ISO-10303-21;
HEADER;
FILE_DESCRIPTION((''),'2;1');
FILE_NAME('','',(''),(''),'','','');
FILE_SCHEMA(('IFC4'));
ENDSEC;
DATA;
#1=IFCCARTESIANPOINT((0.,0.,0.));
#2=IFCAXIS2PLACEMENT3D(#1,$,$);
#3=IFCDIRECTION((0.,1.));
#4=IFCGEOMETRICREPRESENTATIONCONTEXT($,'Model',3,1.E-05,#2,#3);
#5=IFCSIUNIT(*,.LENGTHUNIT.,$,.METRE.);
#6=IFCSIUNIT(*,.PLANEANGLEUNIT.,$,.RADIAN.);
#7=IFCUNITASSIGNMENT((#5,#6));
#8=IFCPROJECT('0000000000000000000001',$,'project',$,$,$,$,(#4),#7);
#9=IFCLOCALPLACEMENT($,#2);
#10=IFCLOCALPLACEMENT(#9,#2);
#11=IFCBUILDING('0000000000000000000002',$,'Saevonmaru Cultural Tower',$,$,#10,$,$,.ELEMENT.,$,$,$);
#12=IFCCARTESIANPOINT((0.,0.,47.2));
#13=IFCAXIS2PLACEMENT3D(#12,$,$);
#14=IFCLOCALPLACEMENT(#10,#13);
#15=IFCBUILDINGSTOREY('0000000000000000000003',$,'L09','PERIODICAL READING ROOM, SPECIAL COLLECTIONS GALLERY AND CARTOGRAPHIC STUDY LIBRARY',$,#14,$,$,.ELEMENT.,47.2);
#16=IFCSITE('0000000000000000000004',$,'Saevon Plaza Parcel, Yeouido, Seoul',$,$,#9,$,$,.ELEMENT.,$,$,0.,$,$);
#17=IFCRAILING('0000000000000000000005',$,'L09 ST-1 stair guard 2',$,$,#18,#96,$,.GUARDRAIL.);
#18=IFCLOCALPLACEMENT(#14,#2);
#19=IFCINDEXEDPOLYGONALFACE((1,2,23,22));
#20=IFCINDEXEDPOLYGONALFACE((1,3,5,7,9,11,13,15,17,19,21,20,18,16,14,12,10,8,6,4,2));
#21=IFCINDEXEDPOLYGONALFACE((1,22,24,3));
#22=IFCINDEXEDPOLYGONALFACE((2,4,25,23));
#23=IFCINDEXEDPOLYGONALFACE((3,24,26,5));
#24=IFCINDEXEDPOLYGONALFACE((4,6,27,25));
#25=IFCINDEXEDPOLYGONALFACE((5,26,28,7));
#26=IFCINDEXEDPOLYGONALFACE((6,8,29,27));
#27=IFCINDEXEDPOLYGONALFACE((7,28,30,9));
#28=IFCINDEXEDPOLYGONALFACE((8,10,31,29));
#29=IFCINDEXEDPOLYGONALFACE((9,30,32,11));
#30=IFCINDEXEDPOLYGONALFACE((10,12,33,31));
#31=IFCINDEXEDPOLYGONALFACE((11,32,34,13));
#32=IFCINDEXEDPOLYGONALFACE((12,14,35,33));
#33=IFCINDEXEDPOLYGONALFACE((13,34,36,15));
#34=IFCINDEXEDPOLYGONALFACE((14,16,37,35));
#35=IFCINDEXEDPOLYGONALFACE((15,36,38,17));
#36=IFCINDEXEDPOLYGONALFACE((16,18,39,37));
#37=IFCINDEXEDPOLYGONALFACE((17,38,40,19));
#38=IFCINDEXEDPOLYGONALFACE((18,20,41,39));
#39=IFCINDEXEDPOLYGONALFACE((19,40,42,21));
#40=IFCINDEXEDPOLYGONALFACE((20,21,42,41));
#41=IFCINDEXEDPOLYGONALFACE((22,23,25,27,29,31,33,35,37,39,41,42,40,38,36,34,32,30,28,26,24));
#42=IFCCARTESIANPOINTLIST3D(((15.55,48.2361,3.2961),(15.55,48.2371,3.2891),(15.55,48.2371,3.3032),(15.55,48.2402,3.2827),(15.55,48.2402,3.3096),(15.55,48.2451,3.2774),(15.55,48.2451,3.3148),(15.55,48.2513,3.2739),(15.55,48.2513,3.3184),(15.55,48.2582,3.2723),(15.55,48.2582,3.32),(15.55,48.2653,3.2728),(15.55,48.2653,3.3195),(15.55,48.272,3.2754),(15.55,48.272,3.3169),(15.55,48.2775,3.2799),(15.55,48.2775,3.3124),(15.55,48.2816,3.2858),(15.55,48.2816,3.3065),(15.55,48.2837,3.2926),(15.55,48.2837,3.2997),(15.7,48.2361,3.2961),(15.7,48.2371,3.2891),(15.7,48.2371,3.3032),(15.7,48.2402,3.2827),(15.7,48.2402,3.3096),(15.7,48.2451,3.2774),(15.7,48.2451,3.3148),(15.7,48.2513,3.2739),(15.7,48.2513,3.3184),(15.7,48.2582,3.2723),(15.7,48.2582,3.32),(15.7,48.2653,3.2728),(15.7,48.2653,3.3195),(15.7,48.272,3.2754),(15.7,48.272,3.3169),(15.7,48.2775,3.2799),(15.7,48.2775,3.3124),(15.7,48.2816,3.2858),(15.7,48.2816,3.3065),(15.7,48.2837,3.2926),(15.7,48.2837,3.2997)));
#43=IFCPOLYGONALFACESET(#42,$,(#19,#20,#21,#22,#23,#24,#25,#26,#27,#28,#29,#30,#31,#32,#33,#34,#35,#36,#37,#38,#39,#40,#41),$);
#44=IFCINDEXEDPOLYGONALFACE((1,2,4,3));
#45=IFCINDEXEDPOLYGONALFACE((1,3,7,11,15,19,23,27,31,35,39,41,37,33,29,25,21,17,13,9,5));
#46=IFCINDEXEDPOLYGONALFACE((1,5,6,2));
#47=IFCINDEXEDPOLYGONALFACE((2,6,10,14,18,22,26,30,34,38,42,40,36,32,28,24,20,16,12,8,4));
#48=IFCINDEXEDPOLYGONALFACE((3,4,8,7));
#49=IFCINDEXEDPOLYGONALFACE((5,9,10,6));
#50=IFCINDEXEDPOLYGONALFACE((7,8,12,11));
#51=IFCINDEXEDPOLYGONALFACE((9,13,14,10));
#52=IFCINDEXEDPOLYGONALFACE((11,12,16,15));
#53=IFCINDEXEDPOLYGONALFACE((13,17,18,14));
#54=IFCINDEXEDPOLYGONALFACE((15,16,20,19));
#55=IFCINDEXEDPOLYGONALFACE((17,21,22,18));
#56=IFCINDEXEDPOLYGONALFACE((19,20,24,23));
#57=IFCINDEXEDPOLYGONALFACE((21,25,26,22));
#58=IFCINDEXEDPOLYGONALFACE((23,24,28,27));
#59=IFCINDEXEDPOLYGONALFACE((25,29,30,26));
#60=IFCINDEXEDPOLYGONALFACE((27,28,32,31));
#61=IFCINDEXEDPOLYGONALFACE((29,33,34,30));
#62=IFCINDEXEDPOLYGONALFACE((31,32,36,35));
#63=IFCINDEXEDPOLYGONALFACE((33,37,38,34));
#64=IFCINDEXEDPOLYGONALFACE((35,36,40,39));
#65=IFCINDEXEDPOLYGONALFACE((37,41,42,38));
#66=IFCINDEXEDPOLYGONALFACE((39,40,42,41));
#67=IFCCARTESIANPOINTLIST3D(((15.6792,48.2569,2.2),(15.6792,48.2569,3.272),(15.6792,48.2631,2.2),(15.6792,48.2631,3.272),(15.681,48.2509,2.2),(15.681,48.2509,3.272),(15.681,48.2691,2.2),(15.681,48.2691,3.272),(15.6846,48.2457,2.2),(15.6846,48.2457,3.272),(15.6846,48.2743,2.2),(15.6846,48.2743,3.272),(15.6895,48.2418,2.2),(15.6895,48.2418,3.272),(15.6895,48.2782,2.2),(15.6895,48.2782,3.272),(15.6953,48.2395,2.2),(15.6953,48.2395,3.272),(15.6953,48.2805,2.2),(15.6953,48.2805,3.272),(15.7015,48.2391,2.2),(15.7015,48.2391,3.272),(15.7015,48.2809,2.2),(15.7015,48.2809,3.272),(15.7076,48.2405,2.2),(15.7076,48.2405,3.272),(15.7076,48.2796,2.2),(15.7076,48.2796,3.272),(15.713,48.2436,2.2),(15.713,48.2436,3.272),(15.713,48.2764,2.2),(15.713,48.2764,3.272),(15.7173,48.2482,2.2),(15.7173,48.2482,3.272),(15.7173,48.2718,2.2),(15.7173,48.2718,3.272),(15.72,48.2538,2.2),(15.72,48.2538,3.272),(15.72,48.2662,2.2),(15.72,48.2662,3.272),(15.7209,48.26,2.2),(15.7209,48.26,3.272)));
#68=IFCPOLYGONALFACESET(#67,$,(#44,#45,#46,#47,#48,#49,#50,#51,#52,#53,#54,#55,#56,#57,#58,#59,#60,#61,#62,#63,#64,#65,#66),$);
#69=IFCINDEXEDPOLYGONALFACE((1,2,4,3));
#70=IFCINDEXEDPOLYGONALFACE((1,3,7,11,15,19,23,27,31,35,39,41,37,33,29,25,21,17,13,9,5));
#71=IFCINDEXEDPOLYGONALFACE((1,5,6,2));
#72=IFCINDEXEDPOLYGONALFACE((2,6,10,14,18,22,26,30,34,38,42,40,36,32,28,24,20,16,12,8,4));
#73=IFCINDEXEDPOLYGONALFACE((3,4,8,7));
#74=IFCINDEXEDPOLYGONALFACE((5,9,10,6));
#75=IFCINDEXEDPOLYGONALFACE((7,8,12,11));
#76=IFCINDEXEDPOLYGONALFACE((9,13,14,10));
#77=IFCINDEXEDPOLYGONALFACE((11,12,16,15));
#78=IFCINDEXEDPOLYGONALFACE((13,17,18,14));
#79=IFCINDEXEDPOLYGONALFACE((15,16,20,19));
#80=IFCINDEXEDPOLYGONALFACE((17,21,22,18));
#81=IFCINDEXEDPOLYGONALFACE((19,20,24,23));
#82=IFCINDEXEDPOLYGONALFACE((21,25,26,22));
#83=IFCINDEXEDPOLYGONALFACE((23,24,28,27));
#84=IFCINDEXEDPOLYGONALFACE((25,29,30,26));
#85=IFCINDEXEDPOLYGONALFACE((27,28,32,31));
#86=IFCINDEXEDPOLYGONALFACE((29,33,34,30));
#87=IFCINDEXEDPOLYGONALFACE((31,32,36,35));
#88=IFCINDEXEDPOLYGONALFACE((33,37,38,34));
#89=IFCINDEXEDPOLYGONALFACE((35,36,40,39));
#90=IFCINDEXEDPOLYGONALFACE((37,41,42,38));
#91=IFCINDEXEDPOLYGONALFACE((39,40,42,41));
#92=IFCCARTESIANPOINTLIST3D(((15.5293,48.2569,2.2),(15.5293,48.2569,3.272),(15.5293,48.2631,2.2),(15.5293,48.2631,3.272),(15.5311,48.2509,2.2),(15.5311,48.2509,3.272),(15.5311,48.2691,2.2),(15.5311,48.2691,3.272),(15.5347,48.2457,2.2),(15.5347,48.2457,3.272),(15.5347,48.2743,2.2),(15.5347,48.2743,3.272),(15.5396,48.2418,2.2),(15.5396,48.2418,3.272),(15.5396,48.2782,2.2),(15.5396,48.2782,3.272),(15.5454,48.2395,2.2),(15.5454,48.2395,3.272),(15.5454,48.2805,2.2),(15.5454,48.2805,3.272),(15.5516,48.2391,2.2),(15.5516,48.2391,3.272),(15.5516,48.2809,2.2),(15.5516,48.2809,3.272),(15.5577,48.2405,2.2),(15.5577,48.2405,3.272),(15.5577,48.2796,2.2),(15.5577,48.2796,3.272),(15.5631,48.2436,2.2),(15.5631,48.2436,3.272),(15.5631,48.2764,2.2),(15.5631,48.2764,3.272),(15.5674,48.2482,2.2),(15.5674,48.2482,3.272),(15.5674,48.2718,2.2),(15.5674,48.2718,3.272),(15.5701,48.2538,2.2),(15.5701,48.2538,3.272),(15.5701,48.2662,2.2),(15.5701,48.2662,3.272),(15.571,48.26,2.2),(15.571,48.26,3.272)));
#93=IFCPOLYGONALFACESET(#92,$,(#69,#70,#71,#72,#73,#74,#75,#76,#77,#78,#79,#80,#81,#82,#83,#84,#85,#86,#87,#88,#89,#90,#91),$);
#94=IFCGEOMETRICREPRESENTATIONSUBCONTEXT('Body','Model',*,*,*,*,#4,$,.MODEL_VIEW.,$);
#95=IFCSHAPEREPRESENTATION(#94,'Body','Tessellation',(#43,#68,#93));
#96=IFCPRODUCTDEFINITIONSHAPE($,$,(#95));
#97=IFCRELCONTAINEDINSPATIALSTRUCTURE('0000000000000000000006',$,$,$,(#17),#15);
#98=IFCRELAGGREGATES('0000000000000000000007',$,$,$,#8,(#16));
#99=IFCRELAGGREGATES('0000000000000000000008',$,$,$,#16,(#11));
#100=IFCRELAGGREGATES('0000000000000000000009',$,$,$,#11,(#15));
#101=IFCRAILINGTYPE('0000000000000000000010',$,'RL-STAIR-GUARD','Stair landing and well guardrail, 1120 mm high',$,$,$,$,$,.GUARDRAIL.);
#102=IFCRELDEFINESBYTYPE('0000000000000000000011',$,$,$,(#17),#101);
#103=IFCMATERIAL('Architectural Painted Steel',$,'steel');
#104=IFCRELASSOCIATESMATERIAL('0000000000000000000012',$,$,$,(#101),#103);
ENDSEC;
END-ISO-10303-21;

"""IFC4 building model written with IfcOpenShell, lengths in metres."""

from ifc_helpers import new_model, si_unit, direction, frame, origin, origin_2d, place, context, subcontext, project, spatial, circle, extrude, material, type_object, element, save


model = new_model("IFC4")

# Units and contexts
model_context = context("Model", 3, precision=1e-05, world=origin(), true_north=direction((0.0, 1.0)))
body_context = subcontext(model_context, "Body", "Model", "MODEL_VIEW")
ifc_project = project(units=[si_unit("LENGTHUNIT", "METRE"), si_unit("PLANEANGLEUNIT", "RADIAN")], contexts=[model_context])

# Site, building, storey
site_placement = place(None, origin())
site = spatial("IfcSite", under=ifc_project, at=site_placement, Name="Saevon Plaza Parcel, Yeouido, Seoul", CompositionType="ELEMENT", RefElevation=0.0)
building_placement = place(site_placement, origin())
building = spatial("IfcBuilding", under=site, at=building_placement, Name="Saevonmaru Cultural Tower", CompositionType="ELEMENT")
storey_placement = place(building_placement, frame((0.0, 0.0, 47.2)))
storey = spatial("IfcBuildingStorey", under=building, at=storey_placement, Name="L09", Description="PERIODICAL READING ROOM, SPECIAL COLLECTIONS GALLERY AND CARTOGRAPHIC STUDY LIBRARY", CompositionType="ELEMENT", Elevation=47.2)

# Railing
ifc_material_1 = material(Name="Architectural Painted Steel", Category="steel")
railing_type = type_object("IfcRailingType", Name="RL-STAIR-GUARD", Description="Stair landing and well guardrail, 1120 mm high", PredefinedType="GUARDRAIL", material=ifc_material_1)
railing_1_placement = place(storey_placement, frame((15.7, 48.26, 2.2)))
element("IfcRailing", 1, at=railing_1_placement, inside=storey, type_object=railing_type, Name="L09 ST-1 stair guard 2", PredefinedType="GUARDRAIL", context=body_context, shape_type="SweptSolid", body=[
    extrude(circle(Radius=0.0239, at=origin_2d()), frame((0.0, 0.0, 1.0962), z_axis=(-1.0, 0.0, 0.0), x_axis=(0.0, -1.0, 0.0)), (0.0, 0.0, 1.0), 0.1499),
    extrude(circle(Radius=0.021, at=origin_2d()), origin(), (0.0, 0.0, 1.0), 1.072),
    extrude(circle(Radius=0.021, at=origin_2d()), frame((-0.1499, 0.0, 0.0)), (0.0, 0.0, 1.0), 1.072),
])

save(model, "model.ifc")
